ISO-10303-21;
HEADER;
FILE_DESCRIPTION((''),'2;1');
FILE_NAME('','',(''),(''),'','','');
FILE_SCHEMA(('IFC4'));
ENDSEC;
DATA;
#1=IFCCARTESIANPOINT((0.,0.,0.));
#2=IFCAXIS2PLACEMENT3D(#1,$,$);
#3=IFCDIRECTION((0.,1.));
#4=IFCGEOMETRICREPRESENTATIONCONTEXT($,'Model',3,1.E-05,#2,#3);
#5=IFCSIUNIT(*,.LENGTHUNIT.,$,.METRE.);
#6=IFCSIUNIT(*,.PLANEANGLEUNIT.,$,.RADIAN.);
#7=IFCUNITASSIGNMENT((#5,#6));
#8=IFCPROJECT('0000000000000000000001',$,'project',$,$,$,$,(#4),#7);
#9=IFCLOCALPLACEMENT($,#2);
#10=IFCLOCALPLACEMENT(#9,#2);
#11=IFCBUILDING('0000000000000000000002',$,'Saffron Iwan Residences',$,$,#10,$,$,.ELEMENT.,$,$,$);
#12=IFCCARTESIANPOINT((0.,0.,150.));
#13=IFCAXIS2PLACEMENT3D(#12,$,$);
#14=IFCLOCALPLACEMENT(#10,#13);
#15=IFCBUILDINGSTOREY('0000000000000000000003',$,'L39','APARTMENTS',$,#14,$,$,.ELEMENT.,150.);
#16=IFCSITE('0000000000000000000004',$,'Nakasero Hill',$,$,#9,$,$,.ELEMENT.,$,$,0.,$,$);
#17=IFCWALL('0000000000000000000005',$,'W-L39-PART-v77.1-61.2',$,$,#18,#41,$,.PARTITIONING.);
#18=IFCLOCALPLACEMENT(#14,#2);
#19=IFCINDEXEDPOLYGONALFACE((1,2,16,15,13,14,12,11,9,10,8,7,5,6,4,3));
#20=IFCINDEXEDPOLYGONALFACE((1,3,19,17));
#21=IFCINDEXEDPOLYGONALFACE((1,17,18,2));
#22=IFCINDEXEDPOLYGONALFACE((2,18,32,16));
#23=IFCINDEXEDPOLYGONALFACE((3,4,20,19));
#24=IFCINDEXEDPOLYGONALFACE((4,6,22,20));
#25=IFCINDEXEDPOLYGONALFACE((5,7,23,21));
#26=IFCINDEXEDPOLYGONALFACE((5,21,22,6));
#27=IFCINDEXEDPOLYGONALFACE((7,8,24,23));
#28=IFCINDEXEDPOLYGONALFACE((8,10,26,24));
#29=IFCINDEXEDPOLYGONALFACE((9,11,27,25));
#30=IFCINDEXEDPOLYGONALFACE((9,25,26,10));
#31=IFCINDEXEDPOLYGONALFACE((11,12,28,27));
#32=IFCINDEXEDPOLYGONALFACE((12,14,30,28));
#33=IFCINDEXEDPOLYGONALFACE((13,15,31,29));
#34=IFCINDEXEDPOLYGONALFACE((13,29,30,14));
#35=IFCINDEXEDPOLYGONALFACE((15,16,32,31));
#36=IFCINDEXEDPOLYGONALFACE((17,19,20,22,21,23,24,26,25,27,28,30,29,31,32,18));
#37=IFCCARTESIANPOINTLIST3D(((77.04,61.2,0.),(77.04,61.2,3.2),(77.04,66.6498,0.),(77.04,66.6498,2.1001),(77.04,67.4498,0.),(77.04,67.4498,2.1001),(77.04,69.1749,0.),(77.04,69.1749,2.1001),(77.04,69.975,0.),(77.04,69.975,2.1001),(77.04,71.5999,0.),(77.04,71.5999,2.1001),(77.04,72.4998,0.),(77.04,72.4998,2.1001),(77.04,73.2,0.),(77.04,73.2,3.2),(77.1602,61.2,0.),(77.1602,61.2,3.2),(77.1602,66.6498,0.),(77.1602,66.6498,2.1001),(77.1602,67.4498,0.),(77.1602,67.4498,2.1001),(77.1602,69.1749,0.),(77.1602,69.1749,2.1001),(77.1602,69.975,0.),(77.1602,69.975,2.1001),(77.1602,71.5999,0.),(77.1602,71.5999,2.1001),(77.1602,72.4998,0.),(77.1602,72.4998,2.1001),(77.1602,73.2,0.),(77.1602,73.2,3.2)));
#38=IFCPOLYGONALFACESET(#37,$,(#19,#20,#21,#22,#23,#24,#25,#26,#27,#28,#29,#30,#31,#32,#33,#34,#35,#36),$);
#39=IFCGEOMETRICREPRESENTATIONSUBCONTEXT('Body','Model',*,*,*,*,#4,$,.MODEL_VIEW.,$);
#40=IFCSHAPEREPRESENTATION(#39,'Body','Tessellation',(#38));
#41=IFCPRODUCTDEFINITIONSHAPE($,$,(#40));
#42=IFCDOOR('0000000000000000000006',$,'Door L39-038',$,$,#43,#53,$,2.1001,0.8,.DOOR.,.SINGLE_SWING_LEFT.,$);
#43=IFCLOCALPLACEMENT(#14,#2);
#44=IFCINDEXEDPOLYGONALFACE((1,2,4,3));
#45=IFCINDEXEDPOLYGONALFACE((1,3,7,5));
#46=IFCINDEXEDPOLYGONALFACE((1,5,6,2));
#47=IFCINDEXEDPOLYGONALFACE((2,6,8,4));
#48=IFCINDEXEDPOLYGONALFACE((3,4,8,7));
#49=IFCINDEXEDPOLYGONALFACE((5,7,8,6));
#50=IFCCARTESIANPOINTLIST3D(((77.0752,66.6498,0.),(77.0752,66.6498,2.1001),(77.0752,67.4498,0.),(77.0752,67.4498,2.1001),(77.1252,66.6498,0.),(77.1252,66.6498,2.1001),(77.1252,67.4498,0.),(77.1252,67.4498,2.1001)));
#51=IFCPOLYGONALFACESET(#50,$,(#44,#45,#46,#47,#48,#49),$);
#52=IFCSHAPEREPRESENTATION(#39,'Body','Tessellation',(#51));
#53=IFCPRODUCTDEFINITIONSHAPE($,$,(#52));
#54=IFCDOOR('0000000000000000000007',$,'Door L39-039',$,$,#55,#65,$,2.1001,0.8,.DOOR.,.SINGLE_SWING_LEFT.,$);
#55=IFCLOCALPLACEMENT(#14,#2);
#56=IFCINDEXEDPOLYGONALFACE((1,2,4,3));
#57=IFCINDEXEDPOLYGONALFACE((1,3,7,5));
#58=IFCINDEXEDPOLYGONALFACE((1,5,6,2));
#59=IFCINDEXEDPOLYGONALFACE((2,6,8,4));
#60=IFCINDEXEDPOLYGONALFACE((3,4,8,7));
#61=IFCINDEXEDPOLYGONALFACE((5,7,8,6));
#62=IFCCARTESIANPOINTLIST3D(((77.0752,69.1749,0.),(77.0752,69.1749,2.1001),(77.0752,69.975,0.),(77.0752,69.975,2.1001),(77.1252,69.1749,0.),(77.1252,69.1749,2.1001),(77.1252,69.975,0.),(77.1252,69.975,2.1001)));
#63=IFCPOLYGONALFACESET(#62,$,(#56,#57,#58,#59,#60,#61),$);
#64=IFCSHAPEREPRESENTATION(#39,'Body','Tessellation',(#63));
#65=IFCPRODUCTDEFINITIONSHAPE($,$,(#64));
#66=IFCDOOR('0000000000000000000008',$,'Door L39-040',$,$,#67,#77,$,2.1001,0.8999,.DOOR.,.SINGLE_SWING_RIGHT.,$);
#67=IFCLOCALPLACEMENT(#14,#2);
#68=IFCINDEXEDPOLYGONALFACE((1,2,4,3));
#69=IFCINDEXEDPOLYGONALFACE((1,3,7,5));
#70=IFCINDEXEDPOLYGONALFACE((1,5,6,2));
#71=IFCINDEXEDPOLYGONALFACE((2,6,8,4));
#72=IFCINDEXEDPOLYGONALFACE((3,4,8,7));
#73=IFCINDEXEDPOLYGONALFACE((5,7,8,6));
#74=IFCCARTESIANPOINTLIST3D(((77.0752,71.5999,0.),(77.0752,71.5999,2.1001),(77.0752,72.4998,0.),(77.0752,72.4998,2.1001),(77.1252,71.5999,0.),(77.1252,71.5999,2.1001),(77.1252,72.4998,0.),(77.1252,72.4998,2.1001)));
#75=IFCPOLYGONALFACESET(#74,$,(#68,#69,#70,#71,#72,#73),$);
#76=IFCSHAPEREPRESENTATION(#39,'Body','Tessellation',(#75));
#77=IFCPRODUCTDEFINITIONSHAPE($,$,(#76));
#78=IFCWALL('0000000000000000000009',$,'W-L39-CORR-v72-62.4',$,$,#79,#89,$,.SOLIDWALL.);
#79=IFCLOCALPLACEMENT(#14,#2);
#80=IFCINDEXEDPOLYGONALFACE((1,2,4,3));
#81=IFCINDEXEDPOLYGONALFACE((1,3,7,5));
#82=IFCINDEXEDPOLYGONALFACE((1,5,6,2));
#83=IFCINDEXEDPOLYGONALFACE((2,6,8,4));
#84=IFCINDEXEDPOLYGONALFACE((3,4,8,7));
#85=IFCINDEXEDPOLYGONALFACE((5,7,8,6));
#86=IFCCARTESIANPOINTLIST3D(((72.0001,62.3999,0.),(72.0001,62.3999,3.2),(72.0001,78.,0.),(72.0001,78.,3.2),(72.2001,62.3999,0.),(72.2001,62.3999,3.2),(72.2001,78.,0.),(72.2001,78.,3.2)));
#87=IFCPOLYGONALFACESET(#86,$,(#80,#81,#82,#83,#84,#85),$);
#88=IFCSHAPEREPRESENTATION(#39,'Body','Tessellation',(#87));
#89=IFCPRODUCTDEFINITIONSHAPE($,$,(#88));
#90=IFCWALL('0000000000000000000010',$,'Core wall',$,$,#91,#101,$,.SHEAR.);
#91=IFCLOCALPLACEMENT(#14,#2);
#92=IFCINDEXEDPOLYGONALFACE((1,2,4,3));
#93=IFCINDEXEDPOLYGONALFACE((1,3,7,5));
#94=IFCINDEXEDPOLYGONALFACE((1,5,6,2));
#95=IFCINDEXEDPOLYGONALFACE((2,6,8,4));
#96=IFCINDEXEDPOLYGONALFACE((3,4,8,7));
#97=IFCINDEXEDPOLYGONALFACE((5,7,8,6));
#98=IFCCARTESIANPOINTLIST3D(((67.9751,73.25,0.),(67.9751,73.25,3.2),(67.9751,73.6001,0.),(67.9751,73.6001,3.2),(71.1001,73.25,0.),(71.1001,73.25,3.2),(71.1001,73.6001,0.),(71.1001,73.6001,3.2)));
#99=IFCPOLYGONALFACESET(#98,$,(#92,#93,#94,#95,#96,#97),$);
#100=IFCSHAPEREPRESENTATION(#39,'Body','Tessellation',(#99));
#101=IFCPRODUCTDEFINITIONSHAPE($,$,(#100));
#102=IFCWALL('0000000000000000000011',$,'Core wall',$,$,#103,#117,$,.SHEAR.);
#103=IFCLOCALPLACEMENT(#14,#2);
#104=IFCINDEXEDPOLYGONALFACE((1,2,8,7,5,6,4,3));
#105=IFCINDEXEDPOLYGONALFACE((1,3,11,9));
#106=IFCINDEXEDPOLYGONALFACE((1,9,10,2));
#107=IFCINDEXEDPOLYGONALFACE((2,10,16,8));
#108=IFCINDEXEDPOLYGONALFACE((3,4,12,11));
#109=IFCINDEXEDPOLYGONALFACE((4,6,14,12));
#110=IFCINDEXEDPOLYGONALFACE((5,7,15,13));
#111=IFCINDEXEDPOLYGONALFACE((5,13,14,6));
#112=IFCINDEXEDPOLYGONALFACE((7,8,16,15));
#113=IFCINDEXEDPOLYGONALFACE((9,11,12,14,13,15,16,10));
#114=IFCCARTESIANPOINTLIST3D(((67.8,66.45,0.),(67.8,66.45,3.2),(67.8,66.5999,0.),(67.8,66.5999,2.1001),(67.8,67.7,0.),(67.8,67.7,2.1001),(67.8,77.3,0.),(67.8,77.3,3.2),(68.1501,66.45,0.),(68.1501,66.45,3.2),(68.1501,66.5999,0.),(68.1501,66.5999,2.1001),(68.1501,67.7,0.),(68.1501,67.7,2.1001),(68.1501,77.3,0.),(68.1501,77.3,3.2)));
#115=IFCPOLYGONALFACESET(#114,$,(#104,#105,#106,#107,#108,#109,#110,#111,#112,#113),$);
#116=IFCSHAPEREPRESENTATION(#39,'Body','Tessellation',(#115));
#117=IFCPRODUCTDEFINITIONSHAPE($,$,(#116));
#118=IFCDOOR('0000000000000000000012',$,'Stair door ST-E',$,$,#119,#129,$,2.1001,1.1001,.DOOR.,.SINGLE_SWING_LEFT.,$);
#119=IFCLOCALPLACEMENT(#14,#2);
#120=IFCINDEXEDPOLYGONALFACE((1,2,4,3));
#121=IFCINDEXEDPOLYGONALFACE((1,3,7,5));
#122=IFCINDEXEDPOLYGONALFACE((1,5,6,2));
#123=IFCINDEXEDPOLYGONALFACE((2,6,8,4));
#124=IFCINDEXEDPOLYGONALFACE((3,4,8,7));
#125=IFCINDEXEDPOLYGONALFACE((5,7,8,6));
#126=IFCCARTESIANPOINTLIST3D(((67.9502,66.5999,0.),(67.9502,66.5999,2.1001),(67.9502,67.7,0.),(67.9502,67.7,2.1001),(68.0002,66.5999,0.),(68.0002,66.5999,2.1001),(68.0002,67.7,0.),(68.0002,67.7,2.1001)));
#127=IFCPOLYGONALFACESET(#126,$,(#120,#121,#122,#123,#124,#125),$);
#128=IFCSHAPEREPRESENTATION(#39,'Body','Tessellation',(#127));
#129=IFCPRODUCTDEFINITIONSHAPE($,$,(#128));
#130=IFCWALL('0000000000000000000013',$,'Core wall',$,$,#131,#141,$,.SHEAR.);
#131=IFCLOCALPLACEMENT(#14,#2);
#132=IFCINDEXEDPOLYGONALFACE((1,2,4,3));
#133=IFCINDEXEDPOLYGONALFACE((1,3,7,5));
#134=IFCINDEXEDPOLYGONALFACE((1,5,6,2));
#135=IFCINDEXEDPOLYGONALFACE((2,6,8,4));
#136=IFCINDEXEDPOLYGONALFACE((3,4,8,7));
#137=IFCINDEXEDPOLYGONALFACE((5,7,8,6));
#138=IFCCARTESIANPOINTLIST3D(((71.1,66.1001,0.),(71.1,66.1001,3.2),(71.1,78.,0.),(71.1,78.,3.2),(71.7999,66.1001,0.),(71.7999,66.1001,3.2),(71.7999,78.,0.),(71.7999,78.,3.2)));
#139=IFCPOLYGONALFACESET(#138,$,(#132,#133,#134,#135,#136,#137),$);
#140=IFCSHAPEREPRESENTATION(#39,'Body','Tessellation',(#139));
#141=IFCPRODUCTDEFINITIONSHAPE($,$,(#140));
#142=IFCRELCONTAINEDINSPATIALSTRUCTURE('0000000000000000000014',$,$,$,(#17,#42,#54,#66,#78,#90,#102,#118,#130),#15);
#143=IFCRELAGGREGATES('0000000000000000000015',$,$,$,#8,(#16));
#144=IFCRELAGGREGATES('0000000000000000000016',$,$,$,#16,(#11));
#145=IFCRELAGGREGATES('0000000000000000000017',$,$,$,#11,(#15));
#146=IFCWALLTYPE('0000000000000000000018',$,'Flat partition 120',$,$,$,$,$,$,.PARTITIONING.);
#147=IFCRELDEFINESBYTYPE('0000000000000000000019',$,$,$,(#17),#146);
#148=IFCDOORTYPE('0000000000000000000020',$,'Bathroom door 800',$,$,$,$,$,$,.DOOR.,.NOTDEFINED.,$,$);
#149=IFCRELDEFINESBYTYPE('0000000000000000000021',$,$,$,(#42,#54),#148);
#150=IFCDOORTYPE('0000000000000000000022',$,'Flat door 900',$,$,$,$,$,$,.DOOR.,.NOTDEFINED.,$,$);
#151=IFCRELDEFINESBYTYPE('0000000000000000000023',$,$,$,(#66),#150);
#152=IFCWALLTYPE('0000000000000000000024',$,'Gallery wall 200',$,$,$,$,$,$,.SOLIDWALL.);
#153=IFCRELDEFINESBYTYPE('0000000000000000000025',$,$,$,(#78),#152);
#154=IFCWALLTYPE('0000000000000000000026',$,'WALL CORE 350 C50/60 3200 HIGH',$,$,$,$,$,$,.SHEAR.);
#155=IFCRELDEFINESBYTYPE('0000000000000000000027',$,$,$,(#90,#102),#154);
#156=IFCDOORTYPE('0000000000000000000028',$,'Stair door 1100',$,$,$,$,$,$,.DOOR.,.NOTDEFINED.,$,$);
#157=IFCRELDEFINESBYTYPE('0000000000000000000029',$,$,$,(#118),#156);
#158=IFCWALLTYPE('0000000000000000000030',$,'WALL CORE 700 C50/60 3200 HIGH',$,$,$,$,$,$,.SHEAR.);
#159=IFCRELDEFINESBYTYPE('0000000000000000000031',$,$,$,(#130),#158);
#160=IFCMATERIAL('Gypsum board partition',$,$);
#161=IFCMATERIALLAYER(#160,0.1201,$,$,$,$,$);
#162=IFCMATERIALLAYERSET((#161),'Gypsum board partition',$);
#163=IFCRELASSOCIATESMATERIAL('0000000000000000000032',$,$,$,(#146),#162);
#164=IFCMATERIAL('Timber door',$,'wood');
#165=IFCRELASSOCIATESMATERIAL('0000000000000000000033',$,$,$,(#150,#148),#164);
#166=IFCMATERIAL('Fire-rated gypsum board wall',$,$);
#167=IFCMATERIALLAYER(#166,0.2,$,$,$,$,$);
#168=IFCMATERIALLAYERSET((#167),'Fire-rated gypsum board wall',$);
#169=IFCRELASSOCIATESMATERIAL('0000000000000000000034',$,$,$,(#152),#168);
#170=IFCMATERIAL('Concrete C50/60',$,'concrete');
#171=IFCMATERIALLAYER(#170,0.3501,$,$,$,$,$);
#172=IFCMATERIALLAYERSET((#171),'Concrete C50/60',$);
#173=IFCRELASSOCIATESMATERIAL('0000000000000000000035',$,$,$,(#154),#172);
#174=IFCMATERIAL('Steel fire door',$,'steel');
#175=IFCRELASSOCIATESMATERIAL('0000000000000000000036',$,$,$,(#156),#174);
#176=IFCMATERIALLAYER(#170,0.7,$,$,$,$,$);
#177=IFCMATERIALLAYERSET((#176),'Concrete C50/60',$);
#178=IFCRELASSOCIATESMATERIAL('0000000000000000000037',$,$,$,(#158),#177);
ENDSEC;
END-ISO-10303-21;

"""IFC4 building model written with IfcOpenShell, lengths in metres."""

from ifc_helpers import new_model, si_unit, direction, frame, frame_2d, origin, place, context, subcontext, project, spatial, rectangle, extrude, material, layer, layer_set, type_object, element, fill, save


model = new_model("IFC4")

# Units and contexts
model_context = context("Model", 3, precision=1e-05, world=origin(), true_north=direction((0.0, 1.0)))
body_context = subcontext(model_context, "Body", "Model", "MODEL_VIEW")
ifc_project = project(units=[si_unit("LENGTHUNIT", "METRE"), si_unit("PLANEANGLEUNIT", "RADIAN")], contexts=[model_context])

# Site, building, storey
site_placement = place(None, origin())
site = spatial("IfcSite", under=ifc_project, at=site_placement, Name="Nakasero Hill", CompositionType="ELEMENT", RefElevation=0.0)
building_placement = place(site_placement, origin())
building = spatial("IfcBuilding", under=site, at=building_placement, Name="Saffron Iwan Residences", CompositionType="ELEMENT")
storey_placement = place(building_placement, frame((0.0, 0.0, 150.0)))
storey = spatial("IfcBuildingStorey", under=building, at=storey_placement, Name="L39", Description="APARTMENTS", CompositionType="ELEMENT", Elevation=150.0)

# Shared definitions
ifc_material_1 = material(Name="Concrete C50/60", Category="concrete")

# Shared definitions
ifc_material_2 = material(Name="Gypsum board partition")
ifc_layer_1 = layer(ifc_material_2, 0.1201)
ifc_layer_set_1 = layer_set([ifc_layer_1], Name="Gypsum board partition")
wall_type_1 = type_object("IfcWallType", Name="Flat partition 120", PredefinedType="PARTITIONING", material=ifc_layer_set_1)
ifc_material_3 = material(Name="Timber door", Category="wood")
door_type_1 = type_object("IfcDoorType", Name="Flat door 900", OperationType="NOTDEFINED", PredefinedType="DOOR", material=ifc_material_3)
door_type_2 = type_object("IfcDoorType", Name="Bathroom door 800", OperationType="NOTDEFINED", PredefinedType="DOOR", material=ifc_material_3)

# Wall, openings, doors
wall_1_placement = place(storey_placement, frame((77.1001, 61.2, 0.0), z_axis=(0.0, 0.0, 1.0), x_axis=(0.0, 1.0, 0.0)))
wall_1 = element("IfcWall", 1, at=wall_1_placement, inside=storey, type_object=wall_type_1, Name="W-L39-PART-v77.1-61.2", PredefinedType="PARTITIONING", context=body_context, shape_type="SweptSolid", body=[
    extrude(rectangle(XDim=12.0, YDim=0.1201, at=frame_2d((6.0, 0.0))), origin(), (0.0, 0.0, 1.0), 3.2),
])
opening_1_placement = place(wall_1_placement, frame((5.45, 0.0, 0.0)))
opening_1 = element("IfcOpeningElement", 2, at=opening_1_placement, cuts=wall_1, PredefinedType="OPENING", context=body_context, shape_type="SweptSolid", body=[
    extrude(rectangle(XDim=0.8, YDim=2.1001, at=frame_2d((0.3999, 1.05))), frame((0.0, 0.0701, 0.0), z_axis=(0.0, -1.0, 0.0), x_axis=(1.0, 0.0, 0.0)), (0.0, 0.0, 1.0), 0.1401),
])
opening_2_placement = place(wall_1_placement, frame((7.9751, 0.0, 0.0)))
opening_2 = element("IfcOpeningElement", 3, at=opening_2_placement, cuts=wall_1, PredefinedType="OPENING", context=body_context, shape_type="SweptSolid", body=[
    extrude(rectangle(XDim=0.8, YDim=2.1001, at=frame_2d((0.3999, 1.05))), frame((0.0, 0.0701, 0.0), z_axis=(0.0, -1.0, 0.0), x_axis=(1.0, 0.0, 0.0)), (0.0, 0.0, 1.0), 0.1401),
])
opening_3_placement = place(wall_1_placement, frame((10.3999, 0.0, 0.0)))
opening_3 = element("IfcOpeningElement", 4, at=opening_3_placement, cuts=wall_1, PredefinedType="OPENING", context=body_context, shape_type="SweptSolid", body=[
    extrude(rectangle(XDim=0.8999, YDim=2.1001, at=frame_2d((0.45, 1.05))), frame((0.0, 0.0701, 0.0), z_axis=(0.0, -1.0, 0.0), x_axis=(1.0, 0.0, 0.0)), (0.0, 0.0, 1.0), 0.1401),
])
door_1_placement = place(opening_1_placement, origin())
door_1 = element("IfcDoor", 5, at=door_1_placement, inside=storey, type_object=door_type_2, Name="Door L39-038", OperationType="SINGLE_SWING_LEFT", OverallHeight=2.1001, OverallWidth=0.8, PredefinedType="DOOR", context=body_context, shape_type="SweptSolid", body=[
    extrude(rectangle(XDim=0.8, YDim=2.1001, at=frame_2d((0.3999, 1.05))), frame((0.0, 0.0249, 0.0), z_axis=(0.0, -1.0, 0.0), x_axis=(1.0, 0.0, 0.0)), (0.0, 0.0, 1.0), 0.05),
])
fill(opening_1, door_1)
door_2_placement = place(opening_2_placement, origin())
door_2 = element("IfcDoor", 6, at=door_2_placement, inside=storey, type_object=door_type_2, Name="Door L39-039", OperationType="SINGLE_SWING_LEFT", OverallHeight=2.1001, OverallWidth=0.8, PredefinedType="DOOR", context=body_context, shape_type="SweptSolid", body=[
    extrude(rectangle(XDim=0.8, YDim=2.1001, at=frame_2d((0.3999, 1.05))), frame((0.0, 0.0249, 0.0), z_axis=(0.0, -1.0, 0.0), x_axis=(1.0, 0.0, 0.0)), (0.0, 0.0, 1.0), 0.05),
])
fill(opening_2, door_2)
door_3_placement = place(opening_3_placement, origin())
door_3 = element("IfcDoor", 7, at=door_3_placement, inside=storey, type_object=door_type_1, Name="Door L39-040", OperationType="SINGLE_SWING_RIGHT", OverallHeight=2.1001, OverallWidth=0.8999, PredefinedType="DOOR", context=body_context, shape_type="SweptSolid", body=[
    extrude(rectangle(XDim=0.8999, YDim=2.1001, at=frame_2d((0.45, 1.05))), frame((0.0, 0.0249, 0.0), z_axis=(0.0, -1.0, 0.0), x_axis=(1.0, 0.0, 0.0)), (0.0, 0.0, 1.0), 0.05),
])
fill(opening_3, door_3)

# Walls
ifc_material_4 = material(Name="Fire-rated gypsum board wall")
ifc_layer_2 = layer(ifc_material_4, 0.2)
ifc_layer_set_2 = layer_set([ifc_layer_2], Name="Fire-rated gypsum board wall")
wall_type_2 = type_object("IfcWallType", Name="Gallery wall 200", PredefinedType="SOLIDWALL", material=ifc_layer_set_2)
wall_2_placement = place(storey_placement, frame((72.1001, 62.3999, 0.0), z_axis=(0.0, 0.0, 1.0), x_axis=(0.0, 1.0, 0.0)))
element("IfcWall", 8, at=wall_2_placement, inside=storey, type_object=wall_type_2, Name="W-L39-CORR-v72-62.4", PredefinedType="SOLIDWALL", context=body_context, shape_type="SweptSolid", body=[
    extrude(rectangle(XDim=15.6001, YDim=0.2, at=frame_2d((7.8, 0.0))), origin(), (0.0, 0.0, 1.0), 3.2),
])
ifc_layer_3 = layer(ifc_material_1, 0.3501)
ifc_layer_set_3 = layer_set([ifc_layer_3], Name="Concrete C50/60")
wall_type_3 = type_object("IfcWallType", Name="WALL CORE 350 C50/60 3200 HIGH", PredefinedType="SHEAR", material=ifc_layer_set_3)
wall_3_placement = place(storey_placement, frame((67.9751, 73.425, 0.0), z_axis=(0.0, 0.0, 1.0), x_axis=(1.0, 0.0, 0.0)))
element("IfcWall", 9, at=wall_3_placement, inside=storey, type_object=wall_type_3, Name="Core wall", PredefinedType="SHEAR", context=body_context, shape_type="SweptSolid", body=[
    extrude(rectangle(XDim=3.125, YDim=0.3501, at=frame_2d((1.5625, 0.0))), origin(), (0.0, 0.0, 1.0), 3.2),
])

# Wall, opening, door
wall_4_placement = place(storey_placement, frame((67.9751, 66.45, 0.0), z_axis=(0.0, 0.0, 1.0), x_axis=(0.0, 1.0, 0.0)))
wall_4 = element("IfcWall", 10, at=wall_4_placement, inside=storey, type_object=wall_type_3, Name="Core wall", PredefinedType="SHEAR", context=body_context, shape_type="SweptSolid", body=[
    extrude(rectangle(XDim=10.8501, YDim=0.3501, at=frame_2d((5.425, 0.0))), origin(), (0.0, 0.0, 1.0), 3.2),
])
opening_4_placement = place(wall_4_placement, frame((0.1499, 0.0, 0.0)))
opening_4 = element("IfcOpeningElement", 11, at=opening_4_placement, cuts=wall_4, PredefinedType="OPENING", context=body_context, shape_type="SweptSolid", body=[
    extrude(rectangle(XDim=1.1001, YDim=2.1001, at=frame_2d((0.55, 1.05))), frame((0.0, 0.1851, 0.0), z_axis=(0.0, -1.0, 0.0), x_axis=(1.0, 0.0, 0.0)), (0.0, 0.0, 1.0), 0.3701),
])
ifc_material_5 = material(Name="Steel fire door", Category="steel")
door_type_3 = type_object("IfcDoorType", Name="Stair door 1100", OperationType="NOTDEFINED", PredefinedType="DOOR", material=ifc_material_5)
door_4_placement = place(opening_4_placement, origin())
door_4 = element("IfcDoor", 12, at=door_4_placement, inside=storey, type_object=door_type_3, Name="Stair door ST-E", OperationType="SINGLE_SWING_LEFT", OverallHeight=2.1001, OverallWidth=1.1001, PredefinedType="DOOR", context=body_context, shape_type="SweptSolid", body=[
    extrude(rectangle(XDim=1.1001, YDim=2.1001, at=frame_2d((0.55, 1.05))), frame((0.0, 0.0249, 0.0), z_axis=(0.0, -1.0, 0.0), x_axis=(1.0, 0.0, 0.0)), (0.0, 0.0, 1.0), 0.05),
])
fill(opening_4, door_4)

# Wall
ifc_layer_4 = layer(ifc_material_1, 0.7)
ifc_layer_set_4 = layer_set([ifc_layer_4], Name="Concrete C50/60")
wall_type_4 = type_object("IfcWallType", Name="WALL CORE 700 C50/60 3200 HIGH", PredefinedType="SHEAR", material=ifc_layer_set_4)
wall_5_placement = place(storey_placement, frame((71.45, 66.1001, 0.0), z_axis=(0.0, 0.0, 1.0), x_axis=(0.0, 1.0, 0.0)))
element("IfcWall", 13, at=wall_5_placement, inside=storey, type_object=wall_type_4, Name="Core wall", PredefinedType="SHEAR", context=body_context, shape_type="SweptSolid", body=[
    extrude(rectangle(XDim=11.8999, YDim=0.7, at=frame_2d((5.95, 0.0))), origin(), (0.0, 0.0, 1.0), 3.2),
])

save(model, "model.ifc")
